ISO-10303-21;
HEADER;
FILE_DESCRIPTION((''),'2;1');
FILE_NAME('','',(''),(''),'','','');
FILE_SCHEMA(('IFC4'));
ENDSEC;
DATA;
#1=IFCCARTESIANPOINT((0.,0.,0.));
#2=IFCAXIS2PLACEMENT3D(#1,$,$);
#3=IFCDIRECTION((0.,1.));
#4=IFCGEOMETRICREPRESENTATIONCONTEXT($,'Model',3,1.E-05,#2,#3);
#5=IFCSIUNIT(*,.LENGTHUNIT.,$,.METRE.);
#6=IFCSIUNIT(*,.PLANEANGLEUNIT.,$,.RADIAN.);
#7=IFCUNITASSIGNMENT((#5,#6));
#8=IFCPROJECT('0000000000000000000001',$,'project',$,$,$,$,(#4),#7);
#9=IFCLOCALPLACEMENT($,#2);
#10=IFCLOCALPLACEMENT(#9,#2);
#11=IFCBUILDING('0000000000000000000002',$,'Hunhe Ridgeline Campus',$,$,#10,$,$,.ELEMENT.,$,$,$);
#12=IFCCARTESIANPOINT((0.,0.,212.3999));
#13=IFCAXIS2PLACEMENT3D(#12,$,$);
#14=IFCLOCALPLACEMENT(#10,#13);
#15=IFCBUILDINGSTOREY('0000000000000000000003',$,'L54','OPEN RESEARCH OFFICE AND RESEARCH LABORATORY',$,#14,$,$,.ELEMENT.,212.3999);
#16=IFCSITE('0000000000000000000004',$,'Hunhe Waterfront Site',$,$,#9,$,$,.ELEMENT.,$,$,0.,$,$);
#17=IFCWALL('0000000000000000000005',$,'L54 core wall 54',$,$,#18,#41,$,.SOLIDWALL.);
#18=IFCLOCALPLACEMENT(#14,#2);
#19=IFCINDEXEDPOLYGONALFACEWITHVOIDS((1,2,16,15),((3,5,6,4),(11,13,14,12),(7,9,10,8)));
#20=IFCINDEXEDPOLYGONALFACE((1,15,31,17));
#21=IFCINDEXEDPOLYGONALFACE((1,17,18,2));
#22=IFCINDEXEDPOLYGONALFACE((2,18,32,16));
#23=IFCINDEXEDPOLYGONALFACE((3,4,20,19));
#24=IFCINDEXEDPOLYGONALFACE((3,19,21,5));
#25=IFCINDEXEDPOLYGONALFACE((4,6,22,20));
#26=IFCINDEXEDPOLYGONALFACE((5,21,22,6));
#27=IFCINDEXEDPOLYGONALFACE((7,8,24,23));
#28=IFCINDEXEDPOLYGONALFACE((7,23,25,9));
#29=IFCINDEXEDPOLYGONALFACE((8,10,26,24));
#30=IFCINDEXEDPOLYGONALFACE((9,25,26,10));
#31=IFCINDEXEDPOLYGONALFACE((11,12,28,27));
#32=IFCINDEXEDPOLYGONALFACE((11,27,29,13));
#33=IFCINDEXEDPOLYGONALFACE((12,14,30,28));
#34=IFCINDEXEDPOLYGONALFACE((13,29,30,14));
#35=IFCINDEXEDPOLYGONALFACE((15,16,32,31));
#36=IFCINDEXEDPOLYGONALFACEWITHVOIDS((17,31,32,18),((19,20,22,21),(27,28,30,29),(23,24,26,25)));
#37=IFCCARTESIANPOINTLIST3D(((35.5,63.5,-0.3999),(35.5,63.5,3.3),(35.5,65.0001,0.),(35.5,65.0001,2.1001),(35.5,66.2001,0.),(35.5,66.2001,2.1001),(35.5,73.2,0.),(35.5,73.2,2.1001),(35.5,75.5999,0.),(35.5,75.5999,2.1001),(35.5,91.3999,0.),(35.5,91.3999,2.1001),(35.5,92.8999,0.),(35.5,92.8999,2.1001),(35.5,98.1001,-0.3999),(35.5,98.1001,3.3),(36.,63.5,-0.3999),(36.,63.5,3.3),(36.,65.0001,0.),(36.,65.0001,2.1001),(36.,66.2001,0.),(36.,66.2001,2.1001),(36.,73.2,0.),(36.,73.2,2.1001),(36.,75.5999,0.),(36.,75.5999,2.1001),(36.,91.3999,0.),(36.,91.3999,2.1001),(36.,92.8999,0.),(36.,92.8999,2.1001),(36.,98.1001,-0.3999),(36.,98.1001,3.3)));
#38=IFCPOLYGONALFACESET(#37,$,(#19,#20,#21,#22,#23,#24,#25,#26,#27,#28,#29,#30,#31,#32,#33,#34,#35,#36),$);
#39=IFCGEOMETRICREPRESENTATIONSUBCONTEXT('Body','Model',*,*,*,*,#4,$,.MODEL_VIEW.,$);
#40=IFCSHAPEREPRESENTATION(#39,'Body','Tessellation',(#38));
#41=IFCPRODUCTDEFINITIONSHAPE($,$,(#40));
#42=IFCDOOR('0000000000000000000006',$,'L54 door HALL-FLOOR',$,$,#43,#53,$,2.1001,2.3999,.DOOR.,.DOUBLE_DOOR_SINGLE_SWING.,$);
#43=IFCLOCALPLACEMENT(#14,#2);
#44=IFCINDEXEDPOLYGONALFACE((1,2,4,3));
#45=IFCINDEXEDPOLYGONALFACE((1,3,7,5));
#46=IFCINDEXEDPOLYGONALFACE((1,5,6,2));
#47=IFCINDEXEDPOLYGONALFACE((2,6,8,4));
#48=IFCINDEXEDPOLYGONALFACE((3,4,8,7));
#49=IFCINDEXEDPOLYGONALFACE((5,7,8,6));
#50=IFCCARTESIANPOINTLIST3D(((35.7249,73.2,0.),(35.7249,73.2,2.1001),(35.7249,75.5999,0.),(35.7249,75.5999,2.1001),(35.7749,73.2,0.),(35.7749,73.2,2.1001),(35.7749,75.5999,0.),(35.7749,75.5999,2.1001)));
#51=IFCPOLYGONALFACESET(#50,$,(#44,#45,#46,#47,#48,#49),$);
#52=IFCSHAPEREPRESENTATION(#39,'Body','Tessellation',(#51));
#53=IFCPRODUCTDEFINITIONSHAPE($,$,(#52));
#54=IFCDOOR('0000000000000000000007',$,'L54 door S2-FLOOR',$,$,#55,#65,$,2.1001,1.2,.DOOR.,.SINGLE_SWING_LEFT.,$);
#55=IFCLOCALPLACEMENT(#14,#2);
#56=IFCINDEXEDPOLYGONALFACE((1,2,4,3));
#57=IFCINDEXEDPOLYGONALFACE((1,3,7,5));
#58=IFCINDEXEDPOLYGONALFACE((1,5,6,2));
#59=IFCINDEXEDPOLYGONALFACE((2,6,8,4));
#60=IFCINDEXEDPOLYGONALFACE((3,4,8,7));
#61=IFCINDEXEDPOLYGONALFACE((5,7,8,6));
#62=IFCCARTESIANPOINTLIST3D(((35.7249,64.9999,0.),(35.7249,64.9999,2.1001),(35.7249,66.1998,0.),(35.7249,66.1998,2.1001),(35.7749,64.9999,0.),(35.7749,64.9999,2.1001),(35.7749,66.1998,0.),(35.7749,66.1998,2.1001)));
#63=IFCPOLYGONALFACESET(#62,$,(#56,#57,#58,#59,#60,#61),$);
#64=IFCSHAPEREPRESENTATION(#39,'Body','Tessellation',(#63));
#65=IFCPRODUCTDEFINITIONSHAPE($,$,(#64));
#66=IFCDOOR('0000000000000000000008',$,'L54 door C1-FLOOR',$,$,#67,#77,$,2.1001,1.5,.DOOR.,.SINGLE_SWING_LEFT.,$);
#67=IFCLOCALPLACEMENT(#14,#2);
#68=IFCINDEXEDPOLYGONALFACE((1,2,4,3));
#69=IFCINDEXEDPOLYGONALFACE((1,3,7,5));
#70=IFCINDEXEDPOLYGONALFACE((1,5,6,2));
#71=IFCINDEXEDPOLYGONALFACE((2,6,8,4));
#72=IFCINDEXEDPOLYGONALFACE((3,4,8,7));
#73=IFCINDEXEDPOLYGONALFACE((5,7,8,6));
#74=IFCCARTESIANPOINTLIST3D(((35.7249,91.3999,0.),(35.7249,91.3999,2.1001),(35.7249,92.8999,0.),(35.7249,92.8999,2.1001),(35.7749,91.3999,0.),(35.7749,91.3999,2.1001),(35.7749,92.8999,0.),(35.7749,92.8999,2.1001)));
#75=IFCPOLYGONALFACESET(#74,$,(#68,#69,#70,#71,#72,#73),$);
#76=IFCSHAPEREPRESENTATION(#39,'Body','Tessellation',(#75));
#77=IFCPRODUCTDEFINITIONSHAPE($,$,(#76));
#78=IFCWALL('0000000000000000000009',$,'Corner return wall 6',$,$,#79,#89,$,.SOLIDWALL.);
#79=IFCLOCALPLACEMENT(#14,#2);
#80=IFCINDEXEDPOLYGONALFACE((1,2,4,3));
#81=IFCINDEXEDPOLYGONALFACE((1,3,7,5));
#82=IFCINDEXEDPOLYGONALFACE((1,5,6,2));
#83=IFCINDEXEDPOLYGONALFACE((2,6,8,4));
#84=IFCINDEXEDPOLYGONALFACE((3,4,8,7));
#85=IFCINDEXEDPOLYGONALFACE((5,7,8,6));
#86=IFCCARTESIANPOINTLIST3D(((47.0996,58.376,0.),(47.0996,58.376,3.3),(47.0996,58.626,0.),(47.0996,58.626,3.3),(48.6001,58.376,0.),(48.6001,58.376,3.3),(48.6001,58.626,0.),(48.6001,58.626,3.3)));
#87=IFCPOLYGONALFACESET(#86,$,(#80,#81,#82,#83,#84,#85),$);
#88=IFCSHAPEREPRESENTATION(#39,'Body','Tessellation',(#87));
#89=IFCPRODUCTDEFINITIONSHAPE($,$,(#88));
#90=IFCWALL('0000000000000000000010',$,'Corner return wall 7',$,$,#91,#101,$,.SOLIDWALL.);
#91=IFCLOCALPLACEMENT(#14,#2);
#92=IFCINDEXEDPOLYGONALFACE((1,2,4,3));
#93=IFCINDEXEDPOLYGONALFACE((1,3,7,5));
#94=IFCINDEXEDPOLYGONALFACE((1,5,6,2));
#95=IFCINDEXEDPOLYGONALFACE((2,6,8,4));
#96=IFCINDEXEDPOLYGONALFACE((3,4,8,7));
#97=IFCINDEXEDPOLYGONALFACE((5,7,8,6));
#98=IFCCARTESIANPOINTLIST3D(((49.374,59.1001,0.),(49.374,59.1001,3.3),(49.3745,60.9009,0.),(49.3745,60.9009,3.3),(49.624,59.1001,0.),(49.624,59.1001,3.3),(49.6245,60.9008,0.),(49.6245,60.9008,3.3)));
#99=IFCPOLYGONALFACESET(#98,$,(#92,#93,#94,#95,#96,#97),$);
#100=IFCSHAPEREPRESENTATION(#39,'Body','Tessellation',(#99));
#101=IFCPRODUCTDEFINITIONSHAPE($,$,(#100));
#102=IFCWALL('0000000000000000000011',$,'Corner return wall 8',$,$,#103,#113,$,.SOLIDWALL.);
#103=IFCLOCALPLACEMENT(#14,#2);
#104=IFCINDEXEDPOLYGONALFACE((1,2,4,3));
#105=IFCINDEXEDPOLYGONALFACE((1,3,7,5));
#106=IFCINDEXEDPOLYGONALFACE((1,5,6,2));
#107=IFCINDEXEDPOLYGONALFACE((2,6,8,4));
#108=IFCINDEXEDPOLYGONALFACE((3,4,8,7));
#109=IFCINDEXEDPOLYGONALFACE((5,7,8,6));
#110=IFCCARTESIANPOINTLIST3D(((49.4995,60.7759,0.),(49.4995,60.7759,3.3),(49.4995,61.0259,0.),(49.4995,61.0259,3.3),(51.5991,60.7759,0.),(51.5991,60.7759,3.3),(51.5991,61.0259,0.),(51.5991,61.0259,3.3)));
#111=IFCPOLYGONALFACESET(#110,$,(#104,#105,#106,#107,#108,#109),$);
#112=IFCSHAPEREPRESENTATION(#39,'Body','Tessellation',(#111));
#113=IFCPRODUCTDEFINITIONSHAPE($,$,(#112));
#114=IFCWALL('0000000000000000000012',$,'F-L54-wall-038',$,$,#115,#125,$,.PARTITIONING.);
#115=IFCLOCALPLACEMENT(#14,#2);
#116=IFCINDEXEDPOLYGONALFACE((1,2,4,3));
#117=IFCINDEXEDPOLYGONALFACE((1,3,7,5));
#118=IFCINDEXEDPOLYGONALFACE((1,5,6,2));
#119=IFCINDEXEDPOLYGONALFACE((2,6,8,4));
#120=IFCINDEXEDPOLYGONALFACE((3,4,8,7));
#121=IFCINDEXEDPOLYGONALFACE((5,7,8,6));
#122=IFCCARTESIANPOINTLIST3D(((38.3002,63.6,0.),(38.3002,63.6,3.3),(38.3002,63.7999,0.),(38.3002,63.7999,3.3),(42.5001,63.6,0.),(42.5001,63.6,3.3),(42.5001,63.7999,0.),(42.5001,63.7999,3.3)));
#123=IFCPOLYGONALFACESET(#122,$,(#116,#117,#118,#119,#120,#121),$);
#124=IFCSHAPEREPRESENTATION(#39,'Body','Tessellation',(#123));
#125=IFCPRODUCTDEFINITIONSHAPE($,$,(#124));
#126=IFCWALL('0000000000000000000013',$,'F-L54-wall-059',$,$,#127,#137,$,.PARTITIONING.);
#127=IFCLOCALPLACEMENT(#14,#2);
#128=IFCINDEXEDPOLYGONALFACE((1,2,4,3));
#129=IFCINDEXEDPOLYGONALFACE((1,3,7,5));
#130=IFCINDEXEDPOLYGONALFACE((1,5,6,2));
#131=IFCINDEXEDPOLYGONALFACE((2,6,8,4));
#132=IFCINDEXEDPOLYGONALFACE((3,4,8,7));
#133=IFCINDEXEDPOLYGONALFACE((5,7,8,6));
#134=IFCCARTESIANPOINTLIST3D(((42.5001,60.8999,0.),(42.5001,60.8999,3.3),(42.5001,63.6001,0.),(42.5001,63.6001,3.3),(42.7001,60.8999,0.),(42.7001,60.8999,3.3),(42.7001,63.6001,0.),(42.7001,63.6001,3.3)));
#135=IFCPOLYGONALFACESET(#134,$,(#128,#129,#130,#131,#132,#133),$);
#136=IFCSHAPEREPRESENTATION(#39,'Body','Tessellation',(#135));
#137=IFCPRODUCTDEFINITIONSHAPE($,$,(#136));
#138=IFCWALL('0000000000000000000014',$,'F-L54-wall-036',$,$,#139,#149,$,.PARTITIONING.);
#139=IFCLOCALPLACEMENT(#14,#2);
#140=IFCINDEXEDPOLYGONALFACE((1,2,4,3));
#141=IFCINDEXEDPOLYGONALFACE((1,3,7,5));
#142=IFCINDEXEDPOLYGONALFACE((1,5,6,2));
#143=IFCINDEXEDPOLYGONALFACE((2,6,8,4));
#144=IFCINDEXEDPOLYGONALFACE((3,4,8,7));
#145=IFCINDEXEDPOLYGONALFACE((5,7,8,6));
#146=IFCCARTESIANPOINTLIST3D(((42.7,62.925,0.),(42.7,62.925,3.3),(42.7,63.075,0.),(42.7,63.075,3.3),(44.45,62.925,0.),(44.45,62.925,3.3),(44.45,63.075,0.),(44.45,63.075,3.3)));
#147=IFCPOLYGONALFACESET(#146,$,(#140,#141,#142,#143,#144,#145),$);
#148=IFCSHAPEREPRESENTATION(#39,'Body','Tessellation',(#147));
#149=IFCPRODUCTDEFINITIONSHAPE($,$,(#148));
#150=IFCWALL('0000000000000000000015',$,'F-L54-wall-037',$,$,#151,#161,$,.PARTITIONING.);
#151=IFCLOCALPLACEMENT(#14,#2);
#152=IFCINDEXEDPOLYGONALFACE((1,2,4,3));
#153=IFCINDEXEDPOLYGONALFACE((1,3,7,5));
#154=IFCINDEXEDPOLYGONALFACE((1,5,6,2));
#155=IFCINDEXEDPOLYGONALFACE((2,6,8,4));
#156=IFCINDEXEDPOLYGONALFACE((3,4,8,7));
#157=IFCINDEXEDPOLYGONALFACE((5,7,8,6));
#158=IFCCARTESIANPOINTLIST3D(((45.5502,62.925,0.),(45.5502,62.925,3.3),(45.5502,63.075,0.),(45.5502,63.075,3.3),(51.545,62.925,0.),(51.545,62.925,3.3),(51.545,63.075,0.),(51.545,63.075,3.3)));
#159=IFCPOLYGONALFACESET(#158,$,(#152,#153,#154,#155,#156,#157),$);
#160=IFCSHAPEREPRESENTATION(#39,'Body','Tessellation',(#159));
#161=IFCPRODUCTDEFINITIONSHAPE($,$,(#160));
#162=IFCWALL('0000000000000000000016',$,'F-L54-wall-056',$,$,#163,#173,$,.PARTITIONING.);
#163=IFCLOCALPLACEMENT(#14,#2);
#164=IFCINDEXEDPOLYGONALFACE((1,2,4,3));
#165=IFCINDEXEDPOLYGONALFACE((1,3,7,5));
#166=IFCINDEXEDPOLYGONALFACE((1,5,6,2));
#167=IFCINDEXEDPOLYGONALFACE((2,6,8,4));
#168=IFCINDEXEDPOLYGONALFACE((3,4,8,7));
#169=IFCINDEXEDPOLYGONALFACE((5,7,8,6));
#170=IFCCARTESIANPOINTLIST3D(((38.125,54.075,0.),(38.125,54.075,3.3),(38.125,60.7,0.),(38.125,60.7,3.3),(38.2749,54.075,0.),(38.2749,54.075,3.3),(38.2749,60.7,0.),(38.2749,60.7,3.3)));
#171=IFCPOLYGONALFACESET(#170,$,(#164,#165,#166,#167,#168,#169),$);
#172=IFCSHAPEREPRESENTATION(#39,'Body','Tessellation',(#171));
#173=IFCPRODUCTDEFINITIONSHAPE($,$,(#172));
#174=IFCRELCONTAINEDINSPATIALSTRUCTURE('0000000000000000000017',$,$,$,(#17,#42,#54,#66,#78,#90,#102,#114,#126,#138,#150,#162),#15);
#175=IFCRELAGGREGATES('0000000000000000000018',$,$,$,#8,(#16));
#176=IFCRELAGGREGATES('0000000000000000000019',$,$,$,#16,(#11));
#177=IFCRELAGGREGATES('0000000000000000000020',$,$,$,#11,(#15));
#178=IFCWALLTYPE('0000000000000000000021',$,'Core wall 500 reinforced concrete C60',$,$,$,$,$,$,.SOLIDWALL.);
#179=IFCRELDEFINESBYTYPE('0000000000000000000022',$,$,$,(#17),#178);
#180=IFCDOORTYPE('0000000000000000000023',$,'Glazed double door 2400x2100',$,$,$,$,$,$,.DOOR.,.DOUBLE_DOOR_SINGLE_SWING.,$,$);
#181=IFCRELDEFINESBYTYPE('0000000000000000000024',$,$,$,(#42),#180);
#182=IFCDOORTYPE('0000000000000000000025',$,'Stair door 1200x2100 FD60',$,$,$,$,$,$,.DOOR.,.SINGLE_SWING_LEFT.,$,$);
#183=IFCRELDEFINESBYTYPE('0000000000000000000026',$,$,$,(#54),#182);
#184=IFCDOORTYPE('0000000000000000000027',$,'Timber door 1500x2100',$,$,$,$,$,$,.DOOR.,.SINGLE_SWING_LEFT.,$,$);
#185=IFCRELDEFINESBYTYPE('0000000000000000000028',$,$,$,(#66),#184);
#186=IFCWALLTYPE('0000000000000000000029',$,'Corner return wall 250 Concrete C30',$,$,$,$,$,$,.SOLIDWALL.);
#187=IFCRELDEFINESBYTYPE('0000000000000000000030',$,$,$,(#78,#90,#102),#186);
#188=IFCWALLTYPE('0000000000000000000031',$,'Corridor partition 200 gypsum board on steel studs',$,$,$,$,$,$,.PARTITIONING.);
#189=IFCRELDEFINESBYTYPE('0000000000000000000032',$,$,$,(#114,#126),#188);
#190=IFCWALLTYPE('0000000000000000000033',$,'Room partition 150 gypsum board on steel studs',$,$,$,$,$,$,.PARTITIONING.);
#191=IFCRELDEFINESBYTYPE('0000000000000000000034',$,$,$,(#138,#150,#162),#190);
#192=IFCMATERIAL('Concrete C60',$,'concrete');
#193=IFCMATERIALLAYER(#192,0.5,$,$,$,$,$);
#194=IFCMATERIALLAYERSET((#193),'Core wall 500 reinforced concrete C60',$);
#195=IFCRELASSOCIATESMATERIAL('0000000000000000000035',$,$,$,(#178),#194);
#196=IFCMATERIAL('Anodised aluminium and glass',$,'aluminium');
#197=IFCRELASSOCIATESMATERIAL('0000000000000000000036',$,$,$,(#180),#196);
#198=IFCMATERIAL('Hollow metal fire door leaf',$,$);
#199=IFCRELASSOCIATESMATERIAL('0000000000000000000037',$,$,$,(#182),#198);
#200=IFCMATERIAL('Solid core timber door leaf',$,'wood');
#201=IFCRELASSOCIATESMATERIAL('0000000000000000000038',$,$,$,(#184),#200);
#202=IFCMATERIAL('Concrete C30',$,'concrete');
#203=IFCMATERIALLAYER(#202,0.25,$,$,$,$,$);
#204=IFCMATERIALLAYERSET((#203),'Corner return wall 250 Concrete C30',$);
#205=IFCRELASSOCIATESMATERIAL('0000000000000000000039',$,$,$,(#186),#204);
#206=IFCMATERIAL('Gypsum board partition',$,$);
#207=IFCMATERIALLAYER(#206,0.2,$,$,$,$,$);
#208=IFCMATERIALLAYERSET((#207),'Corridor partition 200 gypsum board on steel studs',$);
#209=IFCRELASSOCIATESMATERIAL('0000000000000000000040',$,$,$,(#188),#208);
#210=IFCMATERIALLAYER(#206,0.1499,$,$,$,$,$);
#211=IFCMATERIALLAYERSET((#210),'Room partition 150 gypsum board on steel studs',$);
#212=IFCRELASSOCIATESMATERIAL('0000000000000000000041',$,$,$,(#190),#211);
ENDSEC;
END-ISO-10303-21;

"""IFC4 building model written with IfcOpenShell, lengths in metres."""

from ifc_helpers import new_model, si_unit, direction, frame, frame_2d, origin, place, context, subcontext, project, spatial, rectangle, extrude, material, layer, layer_set, type_object, element, fill, save


model = new_model("IFC4")

# Units and contexts
model_context = context("Model", 3, precision=1e-05, world=origin(), true_north=direction((0.0, 1.0)))
body_context = subcontext(model_context, "Body", "Model", "MODEL_VIEW")
ifc_project = project(units=[si_unit("LENGTHUNIT", "METRE"), si_unit("PLANEANGLEUNIT", "RADIAN")], contexts=[model_context])

# Site, building, storey
site_placement = place(None, origin())
site = spatial("IfcSite", under=ifc_project, at=site_placement, Name="Hunhe Waterfront Site", CompositionType="ELEMENT", RefElevation=0.0)
building_placement = place(site_placement, origin())
building = spatial("IfcBuilding", under=site, at=building_placement, Name="Hunhe Ridgeline Campus", CompositionType="ELEMENT")
storey_placement = place(building_placement, frame((0.0, 0.0, 212.3999)))
storey = spatial("IfcBuildingStorey", under=building, at=storey_placement, Name="L54", Description="OPEN RESEARCH OFFICE AND RESEARCH LABORATORY", CompositionType="ELEMENT", Elevation=212.3999)

# Shared definitions
ifc_material_1 = material(Name="Concrete C60", Category="concrete")

# Wall, openings, doors
ifc_layer_1 = layer(ifc_material_1, 0.5)
ifc_layer_set_1 = layer_set([ifc_layer_1], Name="Core wall 500 reinforced concrete C60")
wall_type_1 = type_object("IfcWallType", Name="Core wall 500 reinforced concrete C60", PredefinedType="SOLIDWALL", material=ifc_layer_set_1)
wall_1_placement = place(storey_placement, frame((35.75, 63.5, -0.3999), z_axis=(0.0, 0.0, 1.0), x_axis=(0.0, 1.0, 0.0)))
wall_1 = element("IfcWall", 1, at=wall_1_placement, inside=storey, type_object=wall_type_1, Name="L54 core wall 54", PredefinedType="SOLIDWALL", context=body_context, shape_type="SweptSolid", body=[
    extrude(rectangle(XDim=34.6001, YDim=0.5, at=frame_2d((17.3, 0.0))), origin(), (0.0, 0.0, 1.0), 3.7),
])
opening_1_placement = place(wall_1_placement, frame((9.7, 0.0, 0.3999)))
opening_1 = element("IfcOpeningElement", 2, at=opening_1_placement, cuts=wall_1, PredefinedType="OPENING", context=body_context, shape_type="SweptSolid", body=[
    extrude(rectangle(XDim=2.3999, YDim=2.1001, at=frame_2d((1.2, 1.05))), frame((0.0, 0.25, 0.0), z_axis=(0.0, -1.0, 0.0), x_axis=(1.0, 0.0, 0.0)), (0.0, 0.0, 1.0), 0.5),
])
opening_2_placement = place(wall_1_placement, frame((27.8999, 0.0, 0.3999)))
opening_2 = element("IfcOpeningElement", 3, at=opening_2_placement, cuts=wall_1, PredefinedType="OPENING", context=body_context, shape_type="SweptSolid", body=[
    extrude(rectangle(XDim=1.5, YDim=2.1001, at=frame_2d((0.75, 1.05))), frame((0.0, 0.25, 0.0), z_axis=(0.0, -1.0, 0.0), x_axis=(1.0, 0.0, 0.0)), (0.0, 0.0, 1.0), 0.5),
])
opening_3_placement = place(wall_1_placement, frame((1.5, 0.0, 0.3999)))
opening_3 = element("IfcOpeningElement", 4, at=opening_3_placement, cuts=wall_1, PredefinedType="OPENING", context=body_context, shape_type="SweptSolid", body=[
    extrude(rectangle(XDim=1.2, YDim=2.1001, at=frame_2d((0.6001, 1.05))), frame((0.0, 0.25, 0.0), z_axis=(0.0, -1.0, 0.0), x_axis=(1.0, 0.0, 0.0)), (0.0, 0.0, 1.0), 0.5),
])
ifc_material_2 = material(Name="Anodised aluminium and glass", Category="aluminium")
door_type_1 = type_object("IfcDoorType", Name="Glazed double door 2400x2100", OperationType="DOUBLE_DOOR_SINGLE_SWING", PredefinedType="DOOR", material=ifc_material_2)
door_1_placement = place(opening_1_placement, frame((2.3999, 0.0, 0.0), z_axis=(0.0, 0.0, 1.0), x_axis=(-1.0, 0.0, 0.0)))
door_1 = element("IfcDoor", 5, at=door_1_placement, inside=storey, type_object=door_type_1, Name="L54 door HALL-FLOOR", OperationType="DOUBLE_DOOR_SINGLE_SWING", OverallHeight=2.1001, OverallWidth=2.3999, PredefinedType="DOOR", context=body_context, shape_type="SweptSolid", body=[
    extrude(rectangle(XDim=2.3999, YDim=2.1001, at=frame_2d((1.2, 1.05))), frame((0.0, 0.0249, 0.0), z_axis=(0.0, -1.0, 0.0), x_axis=(1.0, 0.0, 0.0)), (0.0, 0.0, 1.0), 0.05),
])
fill(opening_1, door_1)
ifc_material_3 = material(Name="Hollow metal fire door leaf")
door_type_2 = type_object("IfcDoorType", Name="Stair door 1200x2100 FD60", OperationType="SINGLE_SWING_LEFT", PredefinedType="DOOR", material=ifc_material_3)
door_2_placement = place(opening_3_placement, frame((1.2, 0.0, 0.0), z_axis=(0.0, 0.0, 1.0), x_axis=(-1.0, 0.0, 0.0)))
door_2 = element("IfcDoor", 6, at=door_2_placement, inside=storey, type_object=door_type_2, Name="L54 door S2-FLOOR", OperationType="SINGLE_SWING_LEFT", OverallHeight=2.1001, OverallWidth=1.2, PredefinedType="DOOR", context=body_context, shape_type="SweptSolid", body=[
    extrude(rectangle(XDim=1.2, YDim=2.1001, at=frame_2d((0.6001, 1.05))), frame((0.0, 0.0249, 0.0), z_axis=(0.0, -1.0, 0.0), x_axis=(1.0, 0.0, 0.0)), (0.0, 0.0, 1.0), 0.05),
])
fill(opening_3, door_2)
ifc_material_4 = material(Name="Solid core timber door leaf", Category="wood")
door_type_3 = type_object("IfcDoorType", Name="Timber door 1500x2100", OperationType="SINGLE_SWING_LEFT", PredefinedType="DOOR", material=ifc_material_4)
door_3_placement = place(opening_2_placement, frame((1.5, 0.0, 0.0), z_axis=(0.0, 0.0, 1.0), x_axis=(-1.0, 0.0, 0.0)))
door_3 = element("IfcDoor", 7, at=door_3_placement, inside=storey, type_object=door_type_3, Name="L54 door C1-FLOOR", OperationType="SINGLE_SWING_LEFT", OverallHeight=2.1001, OverallWidth=1.5, PredefinedType="DOOR", context=body_context, shape_type="SweptSolid", body=[
    extrude(rectangle(XDim=1.5, YDim=2.1001, at=frame_2d((0.75, 1.05))), frame((0.0, 0.0249, 0.0), z_axis=(0.0, -1.0, 0.0), x_axis=(1.0, 0.0, 0.0)), (0.0, 0.0, 1.0), 0.05),
])
fill(opening_2, door_3)

# Walls
ifc_material_5 = material(Name="Concrete C30", Category="concrete")
ifc_layer_2 = layer(ifc_material_5, 0.25)
ifc_layer_set_2 = layer_set([ifc_layer_2], Name="Corner return wall 250 Concrete C30")
wall_type_2 = type_object("IfcWallType", Name="Corner return wall 250 Concrete C30", PredefinedType="SOLIDWALL", material=ifc_layer_set_2)
wall_2_placement = place(storey_placement, frame((47.0996, 58.501, 0.0), z_axis=(0.0, 0.0, 1.0), x_axis=(1.0, 0.0, 0.0)))
element("IfcWall", 8, at=wall_2_placement, inside=storey, type_object=wall_type_2, Name="Corner return wall 6", PredefinedType="SOLIDWALL", context=body_context, shape_type="SweptSolid", body=[
    extrude(rectangle(XDim=1.5005, YDim=0.25, at=frame_2d((0.7502, 0.0))), origin(), (0.0, 0.0, 1.0), 3.3),
])
wall_3_placement = place(storey_placement, frame((49.499, 59.1001, 0.0), z_axis=(0.0, 0.0, 1.0), x_axis=(0.000271, 1.0, 0.0)))
element("IfcWall", 9, at=wall_3_placement, inside=storey, type_object=wall_type_2, Name="Corner return wall 7", PredefinedType="SOLIDWALL", context=body_context, shape_type="SweptSolid", body=[
    extrude(rectangle(XDim=1.8008, YDim=0.25, at=frame_2d((0.9004, 0.0))), origin(), (0.0, 0.0, 1.0), 3.3),
])
wall_4_placement = place(storey_placement, frame((49.4995, 60.9009, 0.0), z_axis=(0.0, 0.0, 1.0), x_axis=(1.0, 0.0, 0.0)))
element("IfcWall", 10, at=wall_4_placement, inside=storey, type_object=wall_type_2, Name="Corner return wall 8", PredefinedType="SOLIDWALL", context=body_context, shape_type="SweptSolid", body=[
    extrude(rectangle(XDim=2.0996, YDim=0.25, at=frame_2d((1.0498, 0.0))), origin(), (0.0, 0.0, 1.0), 3.3),
])

# Shared definitions
ifc_material_6 = material(Name="Gypsum board partition")
ifc_layer_3 = layer(ifc_material_6, 0.2)
ifc_layer_set_3 = layer_set([ifc_layer_3], Name="Corridor partition 200 gypsum board on steel studs")
wall_type_3 = type_object("IfcWallType", Name="Corridor partition 200 gypsum board on steel studs", PredefinedType="PARTITIONING", material=ifc_layer_set_3)

# Walls
wall_5_placement = place(storey_placement, frame((38.3, 63.7, 0.0), z_axis=(0.0, 0.0, 1.0), x_axis=(1.0, 0.0, 0.0)))
element("IfcWall", 11, at=wall_5_placement, inside=storey, type_object=wall_type_3, Name="F-L54-wall-038", PredefinedType="PARTITIONING", context=body_context, shape_type="SweptSolid", body=[
    extrude(rectangle(XDim=4.2, YDim=0.2, at=frame_2d((2.1001, 0.0))), origin(), (0.0, 0.0, 1.0), 3.3),
])
wall_6_placement = place(storey_placement, frame((42.6001, 63.6001, 0.0), z_axis=(0.0, 0.0, 1.0), x_axis=(0.0, -1.0, 0.0)))
element("IfcWall", 12, at=wall_6_placement, inside=storey, type_object=wall_type_3, Name="F-L54-wall-059", PredefinedType="PARTITIONING", context=body_context, shape_type="SweptSolid", body=[
    extrude(rectangle(XDim=2.7002, YDim=0.2, at=frame_2d((1.3501, 0.0))), origin(), (0.0, 0.0, 1.0), 3.3),
])
ifc_layer_4 = layer(ifc_material_6, 0.1499)
ifc_layer_set_4 = layer_set([ifc_layer_4], Name="Room partition 150 gypsum board on steel studs")
wall_type_4 = type_object("IfcWallType", Name="Room partition 150 gypsum board on steel studs", PredefinedType="PARTITIONING", material=ifc_layer_set_4)
wall_7_placement = place(storey_placement, frame((42.7, 63.0, 0.0), z_axis=(0.0, 0.0, 1.0), x_axis=(1.0, 0.0, 0.0)))
element("IfcWall", 13, at=wall_7_placement, inside=storey, type_object=wall_type_4, Name="F-L54-wall-036", PredefinedType="PARTITIONING", context=body_context, shape_type="SweptSolid", body=[
    extrude(rectangle(XDim=1.75, YDim=0.1499, at=frame_2d((0.875, 0.0))), origin(), (0.0, 0.0, 1.0), 3.3),
])
wall_8_placement = place(storey_placement, frame((45.55, 63.0, 0.0), z_axis=(0.0, 0.0, 1.0), x_axis=(1.0, 0.0, 0.0)))
element("IfcWall", 14, at=wall_8_placement, inside=storey, type_object=wall_type_4, Name="F-L54-wall-037", PredefinedType="PARTITIONING", context=body_context, shape_type="SweptSolid", body=[
    extrude(rectangle(XDim=5.9949, YDim=0.1499, at=frame_2d((2.9976, 0.0))), origin(), (0.0, 0.0, 1.0), 3.3),
])
wall_9_placement = place(storey_placement, frame((38.2, 60.7, 0.0), z_axis=(0.0, 0.0, 1.0), x_axis=(0.0, -1.0, 0.0)))
element("IfcWall", 15, at=wall_9_placement, inside=storey, type_object=wall_type_4, Name="F-L54-wall-056", PredefinedType="PARTITIONING", context=body_context, shape_type="SweptSolid", body=[
    extrude(rectangle(XDim=6.625, YDim=0.1499, at=frame_2d((3.3125, 0.0))), origin(), (0.0, 0.0, 1.0), 3.3),
])

save(model, "model.ifc")
